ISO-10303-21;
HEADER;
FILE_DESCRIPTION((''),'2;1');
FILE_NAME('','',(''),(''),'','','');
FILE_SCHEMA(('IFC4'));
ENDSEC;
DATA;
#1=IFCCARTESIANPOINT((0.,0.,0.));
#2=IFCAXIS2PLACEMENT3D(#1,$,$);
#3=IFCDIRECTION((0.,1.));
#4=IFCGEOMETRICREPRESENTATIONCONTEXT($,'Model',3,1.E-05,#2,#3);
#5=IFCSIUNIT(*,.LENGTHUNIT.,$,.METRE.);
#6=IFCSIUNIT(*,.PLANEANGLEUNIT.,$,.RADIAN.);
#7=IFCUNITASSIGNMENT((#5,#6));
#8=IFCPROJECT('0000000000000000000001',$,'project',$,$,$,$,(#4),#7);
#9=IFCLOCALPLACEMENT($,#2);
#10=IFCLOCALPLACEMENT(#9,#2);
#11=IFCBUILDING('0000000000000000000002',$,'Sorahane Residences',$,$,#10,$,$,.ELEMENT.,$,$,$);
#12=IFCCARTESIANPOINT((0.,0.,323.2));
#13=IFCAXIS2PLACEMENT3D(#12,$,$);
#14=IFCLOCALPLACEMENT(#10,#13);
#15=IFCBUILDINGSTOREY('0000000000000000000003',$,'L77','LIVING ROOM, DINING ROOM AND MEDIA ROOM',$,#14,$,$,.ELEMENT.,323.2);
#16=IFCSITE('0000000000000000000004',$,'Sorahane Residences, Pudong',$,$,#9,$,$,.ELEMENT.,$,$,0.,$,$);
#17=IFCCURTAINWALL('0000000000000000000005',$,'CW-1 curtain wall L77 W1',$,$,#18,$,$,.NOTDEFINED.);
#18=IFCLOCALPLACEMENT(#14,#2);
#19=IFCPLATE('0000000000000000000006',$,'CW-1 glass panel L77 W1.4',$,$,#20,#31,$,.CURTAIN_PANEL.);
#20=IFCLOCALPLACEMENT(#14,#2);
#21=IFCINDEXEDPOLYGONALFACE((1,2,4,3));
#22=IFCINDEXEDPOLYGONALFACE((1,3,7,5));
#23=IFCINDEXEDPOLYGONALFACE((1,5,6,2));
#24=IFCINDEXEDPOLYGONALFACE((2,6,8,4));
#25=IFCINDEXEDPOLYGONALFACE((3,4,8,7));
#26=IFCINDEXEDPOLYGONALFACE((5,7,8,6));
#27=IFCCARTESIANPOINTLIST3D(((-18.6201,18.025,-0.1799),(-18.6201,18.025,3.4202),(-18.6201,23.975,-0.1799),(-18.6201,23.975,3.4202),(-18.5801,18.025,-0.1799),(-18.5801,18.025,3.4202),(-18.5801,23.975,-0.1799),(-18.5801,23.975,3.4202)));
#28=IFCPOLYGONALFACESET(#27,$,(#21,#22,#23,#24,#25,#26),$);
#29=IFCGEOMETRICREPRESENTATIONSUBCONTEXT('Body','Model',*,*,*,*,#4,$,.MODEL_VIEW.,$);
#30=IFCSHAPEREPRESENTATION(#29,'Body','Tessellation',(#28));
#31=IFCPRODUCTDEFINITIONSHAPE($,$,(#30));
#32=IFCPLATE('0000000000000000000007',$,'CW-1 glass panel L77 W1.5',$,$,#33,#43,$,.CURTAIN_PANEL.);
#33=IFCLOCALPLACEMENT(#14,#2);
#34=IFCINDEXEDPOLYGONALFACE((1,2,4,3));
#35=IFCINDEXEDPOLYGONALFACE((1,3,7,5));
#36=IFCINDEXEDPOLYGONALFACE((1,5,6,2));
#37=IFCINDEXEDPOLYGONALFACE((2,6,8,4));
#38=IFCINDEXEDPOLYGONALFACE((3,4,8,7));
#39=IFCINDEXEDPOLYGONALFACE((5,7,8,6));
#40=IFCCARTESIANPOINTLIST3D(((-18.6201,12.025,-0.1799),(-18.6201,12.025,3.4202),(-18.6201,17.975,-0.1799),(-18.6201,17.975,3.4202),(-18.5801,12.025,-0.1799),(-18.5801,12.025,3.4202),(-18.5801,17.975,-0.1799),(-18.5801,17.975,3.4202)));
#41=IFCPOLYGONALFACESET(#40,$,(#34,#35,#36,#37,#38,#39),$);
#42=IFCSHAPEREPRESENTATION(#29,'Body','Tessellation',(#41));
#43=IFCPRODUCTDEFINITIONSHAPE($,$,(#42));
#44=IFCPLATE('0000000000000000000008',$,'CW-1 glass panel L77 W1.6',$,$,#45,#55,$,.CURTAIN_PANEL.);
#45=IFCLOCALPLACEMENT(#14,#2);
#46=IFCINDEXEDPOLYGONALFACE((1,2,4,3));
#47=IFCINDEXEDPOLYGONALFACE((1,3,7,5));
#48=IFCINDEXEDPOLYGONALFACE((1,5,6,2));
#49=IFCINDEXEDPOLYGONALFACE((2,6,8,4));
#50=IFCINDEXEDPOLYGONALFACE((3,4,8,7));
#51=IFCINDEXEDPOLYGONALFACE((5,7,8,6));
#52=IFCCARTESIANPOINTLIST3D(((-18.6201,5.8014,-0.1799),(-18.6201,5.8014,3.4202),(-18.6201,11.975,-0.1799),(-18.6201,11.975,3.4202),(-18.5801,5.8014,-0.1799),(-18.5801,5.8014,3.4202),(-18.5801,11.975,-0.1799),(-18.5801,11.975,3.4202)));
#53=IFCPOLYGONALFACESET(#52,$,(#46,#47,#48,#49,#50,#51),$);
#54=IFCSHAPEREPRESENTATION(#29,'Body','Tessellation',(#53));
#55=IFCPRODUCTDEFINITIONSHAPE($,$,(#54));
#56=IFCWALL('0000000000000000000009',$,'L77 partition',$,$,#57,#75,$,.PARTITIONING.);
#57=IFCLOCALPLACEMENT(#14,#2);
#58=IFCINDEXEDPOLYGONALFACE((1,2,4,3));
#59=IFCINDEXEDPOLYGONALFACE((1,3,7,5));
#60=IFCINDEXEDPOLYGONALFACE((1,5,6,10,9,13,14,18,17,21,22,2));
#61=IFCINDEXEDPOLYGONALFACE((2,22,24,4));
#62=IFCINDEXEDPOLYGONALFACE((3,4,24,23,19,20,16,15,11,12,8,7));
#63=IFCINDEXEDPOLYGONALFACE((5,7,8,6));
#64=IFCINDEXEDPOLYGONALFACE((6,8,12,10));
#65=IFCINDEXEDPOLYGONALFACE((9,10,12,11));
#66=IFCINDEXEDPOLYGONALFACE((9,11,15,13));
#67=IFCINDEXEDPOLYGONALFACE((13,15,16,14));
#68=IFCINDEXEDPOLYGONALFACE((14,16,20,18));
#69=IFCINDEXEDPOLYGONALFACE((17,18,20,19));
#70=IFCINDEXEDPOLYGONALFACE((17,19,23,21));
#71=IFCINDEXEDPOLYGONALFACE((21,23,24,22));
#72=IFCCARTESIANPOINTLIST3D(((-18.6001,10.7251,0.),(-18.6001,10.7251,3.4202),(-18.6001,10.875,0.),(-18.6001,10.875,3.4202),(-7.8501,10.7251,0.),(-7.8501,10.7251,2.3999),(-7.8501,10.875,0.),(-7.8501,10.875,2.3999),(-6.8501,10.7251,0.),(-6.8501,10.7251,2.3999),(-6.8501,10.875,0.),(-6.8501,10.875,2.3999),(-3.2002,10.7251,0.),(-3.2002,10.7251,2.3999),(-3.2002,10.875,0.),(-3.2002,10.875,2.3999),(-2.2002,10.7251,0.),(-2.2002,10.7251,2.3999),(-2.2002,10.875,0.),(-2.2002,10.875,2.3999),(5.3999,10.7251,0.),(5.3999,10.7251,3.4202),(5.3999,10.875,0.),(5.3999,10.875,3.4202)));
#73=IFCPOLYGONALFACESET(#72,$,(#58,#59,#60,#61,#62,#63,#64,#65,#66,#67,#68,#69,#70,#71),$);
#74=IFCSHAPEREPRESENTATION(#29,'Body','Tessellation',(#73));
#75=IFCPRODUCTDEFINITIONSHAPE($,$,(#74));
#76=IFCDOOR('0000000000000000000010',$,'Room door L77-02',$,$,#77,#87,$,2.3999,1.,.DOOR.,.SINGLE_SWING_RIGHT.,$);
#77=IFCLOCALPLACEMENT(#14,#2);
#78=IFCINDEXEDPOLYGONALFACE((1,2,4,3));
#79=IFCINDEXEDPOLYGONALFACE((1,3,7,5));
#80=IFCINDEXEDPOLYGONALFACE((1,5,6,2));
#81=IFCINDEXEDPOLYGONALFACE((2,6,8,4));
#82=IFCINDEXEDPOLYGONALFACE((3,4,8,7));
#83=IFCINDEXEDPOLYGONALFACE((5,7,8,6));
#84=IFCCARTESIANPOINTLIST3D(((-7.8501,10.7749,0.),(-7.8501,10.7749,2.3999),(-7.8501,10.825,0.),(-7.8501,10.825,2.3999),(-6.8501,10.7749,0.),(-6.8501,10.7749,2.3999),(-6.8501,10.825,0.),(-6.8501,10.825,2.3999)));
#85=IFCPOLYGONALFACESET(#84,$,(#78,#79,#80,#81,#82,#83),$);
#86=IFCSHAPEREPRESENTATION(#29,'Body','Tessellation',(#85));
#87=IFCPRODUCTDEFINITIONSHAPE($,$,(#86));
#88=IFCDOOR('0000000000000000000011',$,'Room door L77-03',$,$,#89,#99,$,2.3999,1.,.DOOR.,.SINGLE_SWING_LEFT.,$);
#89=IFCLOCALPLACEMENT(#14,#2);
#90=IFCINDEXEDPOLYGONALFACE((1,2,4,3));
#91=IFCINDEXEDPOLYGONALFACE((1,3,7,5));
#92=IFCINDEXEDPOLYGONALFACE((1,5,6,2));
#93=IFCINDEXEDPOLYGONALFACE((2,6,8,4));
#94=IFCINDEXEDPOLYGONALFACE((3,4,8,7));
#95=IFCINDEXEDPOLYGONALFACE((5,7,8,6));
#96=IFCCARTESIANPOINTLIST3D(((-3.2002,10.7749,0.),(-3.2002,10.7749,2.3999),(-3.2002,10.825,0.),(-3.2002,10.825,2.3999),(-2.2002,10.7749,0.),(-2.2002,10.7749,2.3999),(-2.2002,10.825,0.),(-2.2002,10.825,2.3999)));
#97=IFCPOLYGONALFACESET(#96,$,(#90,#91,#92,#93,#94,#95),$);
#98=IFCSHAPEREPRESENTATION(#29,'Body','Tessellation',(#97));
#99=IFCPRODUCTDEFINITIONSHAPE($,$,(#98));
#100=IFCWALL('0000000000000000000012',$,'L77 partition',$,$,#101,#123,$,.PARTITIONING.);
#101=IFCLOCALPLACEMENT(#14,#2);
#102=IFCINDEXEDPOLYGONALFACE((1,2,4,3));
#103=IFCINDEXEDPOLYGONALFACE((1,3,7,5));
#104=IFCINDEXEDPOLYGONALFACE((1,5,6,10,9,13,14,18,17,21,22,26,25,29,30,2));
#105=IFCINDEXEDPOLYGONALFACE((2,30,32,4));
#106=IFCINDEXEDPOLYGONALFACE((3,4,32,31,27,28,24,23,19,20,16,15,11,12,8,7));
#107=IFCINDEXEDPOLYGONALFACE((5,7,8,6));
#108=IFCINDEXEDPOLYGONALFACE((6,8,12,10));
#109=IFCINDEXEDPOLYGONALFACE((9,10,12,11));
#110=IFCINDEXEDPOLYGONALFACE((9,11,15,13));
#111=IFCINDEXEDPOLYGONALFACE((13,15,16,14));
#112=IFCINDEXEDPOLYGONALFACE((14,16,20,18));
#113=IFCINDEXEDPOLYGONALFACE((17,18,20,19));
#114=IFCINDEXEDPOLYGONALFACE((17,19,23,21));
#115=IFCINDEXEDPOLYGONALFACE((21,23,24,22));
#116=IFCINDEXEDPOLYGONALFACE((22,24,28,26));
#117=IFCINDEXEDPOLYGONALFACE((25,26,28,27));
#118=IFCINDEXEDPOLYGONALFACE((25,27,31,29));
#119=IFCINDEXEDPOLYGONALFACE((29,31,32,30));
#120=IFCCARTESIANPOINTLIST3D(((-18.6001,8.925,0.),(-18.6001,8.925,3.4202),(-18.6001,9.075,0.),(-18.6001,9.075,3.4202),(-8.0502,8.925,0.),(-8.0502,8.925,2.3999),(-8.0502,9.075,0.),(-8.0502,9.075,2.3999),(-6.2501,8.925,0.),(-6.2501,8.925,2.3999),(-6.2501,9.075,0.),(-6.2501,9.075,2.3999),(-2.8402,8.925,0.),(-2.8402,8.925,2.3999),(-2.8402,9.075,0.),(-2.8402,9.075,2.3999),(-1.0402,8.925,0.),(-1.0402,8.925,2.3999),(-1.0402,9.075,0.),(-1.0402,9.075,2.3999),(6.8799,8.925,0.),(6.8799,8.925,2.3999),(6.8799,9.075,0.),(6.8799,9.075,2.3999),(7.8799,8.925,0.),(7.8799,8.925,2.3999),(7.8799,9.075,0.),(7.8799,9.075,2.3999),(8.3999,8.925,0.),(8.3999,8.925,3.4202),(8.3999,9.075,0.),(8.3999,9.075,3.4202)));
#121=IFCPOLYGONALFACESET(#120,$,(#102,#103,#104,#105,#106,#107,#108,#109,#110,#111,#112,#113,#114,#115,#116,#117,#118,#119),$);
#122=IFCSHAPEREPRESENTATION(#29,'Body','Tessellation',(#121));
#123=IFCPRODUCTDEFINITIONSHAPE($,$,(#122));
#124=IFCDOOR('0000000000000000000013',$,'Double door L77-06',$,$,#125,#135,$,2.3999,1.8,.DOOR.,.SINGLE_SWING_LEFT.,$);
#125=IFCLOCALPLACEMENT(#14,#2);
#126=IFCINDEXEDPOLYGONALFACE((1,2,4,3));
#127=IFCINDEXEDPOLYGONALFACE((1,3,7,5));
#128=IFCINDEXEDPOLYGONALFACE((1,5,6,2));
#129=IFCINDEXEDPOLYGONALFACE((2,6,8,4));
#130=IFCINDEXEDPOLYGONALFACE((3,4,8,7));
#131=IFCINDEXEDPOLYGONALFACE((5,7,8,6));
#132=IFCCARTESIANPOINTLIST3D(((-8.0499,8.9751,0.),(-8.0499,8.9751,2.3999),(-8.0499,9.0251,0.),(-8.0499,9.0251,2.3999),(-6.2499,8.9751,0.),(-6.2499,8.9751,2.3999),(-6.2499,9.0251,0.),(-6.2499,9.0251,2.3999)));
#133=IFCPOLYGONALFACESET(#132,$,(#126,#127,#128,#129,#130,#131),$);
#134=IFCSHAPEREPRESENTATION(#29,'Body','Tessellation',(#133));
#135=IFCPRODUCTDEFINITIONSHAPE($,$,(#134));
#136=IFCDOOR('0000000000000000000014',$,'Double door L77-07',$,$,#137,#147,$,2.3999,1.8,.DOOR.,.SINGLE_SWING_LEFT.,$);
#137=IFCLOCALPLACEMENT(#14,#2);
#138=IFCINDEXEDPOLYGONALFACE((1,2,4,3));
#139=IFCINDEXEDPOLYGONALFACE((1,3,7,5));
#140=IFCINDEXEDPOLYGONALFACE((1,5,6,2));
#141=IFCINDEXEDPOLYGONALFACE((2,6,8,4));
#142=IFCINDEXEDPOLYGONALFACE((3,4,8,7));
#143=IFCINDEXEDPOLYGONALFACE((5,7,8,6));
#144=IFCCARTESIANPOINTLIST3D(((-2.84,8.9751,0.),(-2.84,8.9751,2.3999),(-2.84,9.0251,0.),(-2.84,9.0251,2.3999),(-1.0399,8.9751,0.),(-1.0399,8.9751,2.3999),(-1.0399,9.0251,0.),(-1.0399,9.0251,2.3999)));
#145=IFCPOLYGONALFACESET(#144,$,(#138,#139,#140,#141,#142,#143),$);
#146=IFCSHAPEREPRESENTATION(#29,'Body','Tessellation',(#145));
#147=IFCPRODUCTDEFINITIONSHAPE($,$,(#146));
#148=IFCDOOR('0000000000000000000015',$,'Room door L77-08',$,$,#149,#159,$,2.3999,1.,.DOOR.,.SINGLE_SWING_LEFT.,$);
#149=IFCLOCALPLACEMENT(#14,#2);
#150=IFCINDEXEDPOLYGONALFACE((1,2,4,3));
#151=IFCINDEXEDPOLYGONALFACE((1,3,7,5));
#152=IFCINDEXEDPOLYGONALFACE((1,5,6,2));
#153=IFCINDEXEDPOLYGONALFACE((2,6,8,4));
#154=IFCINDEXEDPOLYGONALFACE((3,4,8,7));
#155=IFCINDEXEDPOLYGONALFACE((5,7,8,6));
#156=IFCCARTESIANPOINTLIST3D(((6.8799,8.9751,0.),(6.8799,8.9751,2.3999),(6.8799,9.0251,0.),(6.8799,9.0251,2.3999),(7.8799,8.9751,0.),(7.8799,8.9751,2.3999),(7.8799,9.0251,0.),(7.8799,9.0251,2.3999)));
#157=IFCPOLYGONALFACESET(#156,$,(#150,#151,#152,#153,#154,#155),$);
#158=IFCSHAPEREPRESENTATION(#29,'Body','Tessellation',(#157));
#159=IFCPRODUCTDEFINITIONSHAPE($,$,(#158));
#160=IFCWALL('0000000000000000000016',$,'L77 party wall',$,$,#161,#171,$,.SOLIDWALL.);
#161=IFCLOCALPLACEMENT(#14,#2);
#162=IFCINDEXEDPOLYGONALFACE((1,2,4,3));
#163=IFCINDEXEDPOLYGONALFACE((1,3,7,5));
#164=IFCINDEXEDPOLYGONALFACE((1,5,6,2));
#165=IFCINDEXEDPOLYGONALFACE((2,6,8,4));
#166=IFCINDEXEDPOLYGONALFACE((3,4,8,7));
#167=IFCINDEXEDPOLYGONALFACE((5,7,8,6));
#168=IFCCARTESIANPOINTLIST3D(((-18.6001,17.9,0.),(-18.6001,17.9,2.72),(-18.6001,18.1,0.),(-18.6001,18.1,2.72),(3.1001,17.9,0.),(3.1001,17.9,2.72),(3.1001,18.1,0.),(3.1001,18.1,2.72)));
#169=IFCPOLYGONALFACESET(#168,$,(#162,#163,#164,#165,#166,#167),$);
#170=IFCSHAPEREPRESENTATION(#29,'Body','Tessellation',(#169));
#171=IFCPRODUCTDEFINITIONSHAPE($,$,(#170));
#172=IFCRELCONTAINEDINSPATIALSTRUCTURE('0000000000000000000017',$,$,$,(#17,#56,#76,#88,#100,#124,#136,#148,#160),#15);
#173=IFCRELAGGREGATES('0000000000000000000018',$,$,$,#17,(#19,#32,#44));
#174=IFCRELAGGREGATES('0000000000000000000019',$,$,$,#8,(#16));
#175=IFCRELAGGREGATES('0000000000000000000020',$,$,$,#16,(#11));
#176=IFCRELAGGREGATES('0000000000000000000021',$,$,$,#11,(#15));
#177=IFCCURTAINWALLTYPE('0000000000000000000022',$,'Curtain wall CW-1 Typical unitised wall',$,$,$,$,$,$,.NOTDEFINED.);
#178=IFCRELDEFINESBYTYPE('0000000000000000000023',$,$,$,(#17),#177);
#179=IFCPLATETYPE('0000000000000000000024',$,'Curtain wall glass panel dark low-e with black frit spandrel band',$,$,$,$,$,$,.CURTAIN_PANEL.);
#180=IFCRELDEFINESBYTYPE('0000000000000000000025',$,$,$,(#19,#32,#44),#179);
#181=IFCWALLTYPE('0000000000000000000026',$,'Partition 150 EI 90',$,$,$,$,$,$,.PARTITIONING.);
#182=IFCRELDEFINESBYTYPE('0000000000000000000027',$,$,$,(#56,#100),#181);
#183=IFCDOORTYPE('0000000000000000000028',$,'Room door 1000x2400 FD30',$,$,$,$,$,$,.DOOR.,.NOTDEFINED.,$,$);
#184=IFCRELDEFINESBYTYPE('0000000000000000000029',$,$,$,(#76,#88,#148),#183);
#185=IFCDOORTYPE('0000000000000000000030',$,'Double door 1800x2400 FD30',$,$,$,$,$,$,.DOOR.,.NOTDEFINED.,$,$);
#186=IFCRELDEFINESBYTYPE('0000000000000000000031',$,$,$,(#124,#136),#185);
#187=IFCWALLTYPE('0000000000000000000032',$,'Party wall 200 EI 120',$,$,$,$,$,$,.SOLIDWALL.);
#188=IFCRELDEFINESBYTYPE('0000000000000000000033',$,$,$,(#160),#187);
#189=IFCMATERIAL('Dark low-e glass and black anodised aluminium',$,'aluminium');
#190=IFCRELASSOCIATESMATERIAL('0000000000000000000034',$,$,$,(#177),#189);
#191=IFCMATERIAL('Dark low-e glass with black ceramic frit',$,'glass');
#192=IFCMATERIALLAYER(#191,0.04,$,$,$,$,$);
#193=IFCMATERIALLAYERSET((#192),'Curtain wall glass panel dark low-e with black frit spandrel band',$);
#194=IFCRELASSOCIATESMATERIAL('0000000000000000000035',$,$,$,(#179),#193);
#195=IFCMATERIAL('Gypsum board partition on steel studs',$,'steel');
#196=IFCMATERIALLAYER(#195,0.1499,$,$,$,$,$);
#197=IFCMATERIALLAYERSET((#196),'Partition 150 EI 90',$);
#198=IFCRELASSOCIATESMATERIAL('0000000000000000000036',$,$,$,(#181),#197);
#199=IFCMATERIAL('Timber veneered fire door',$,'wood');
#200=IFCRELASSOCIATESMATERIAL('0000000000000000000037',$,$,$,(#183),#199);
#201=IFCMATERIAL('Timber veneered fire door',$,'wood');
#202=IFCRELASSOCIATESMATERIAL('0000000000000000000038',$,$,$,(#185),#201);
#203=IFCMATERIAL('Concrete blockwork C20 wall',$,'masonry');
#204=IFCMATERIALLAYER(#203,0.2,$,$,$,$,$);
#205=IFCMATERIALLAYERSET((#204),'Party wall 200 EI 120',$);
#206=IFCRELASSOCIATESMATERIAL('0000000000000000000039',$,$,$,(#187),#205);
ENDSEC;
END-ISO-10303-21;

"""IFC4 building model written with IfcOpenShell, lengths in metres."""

from ifc_helpers import new_model, si_unit, direction, frame, frame_2d, origin, origin_2d, place, context, subcontext, project, spatial, rectangle, extrude, material, layer, layer_set, type_object, element, fill, aggregate, save


model = new_model("IFC4")

# Units and contexts
model_context = context("Model", 3, precision=1e-05, world=origin(), true_north=direction((0.0, 1.0)))
body_context = subcontext(model_context, "Body", "Model", "MODEL_VIEW")
ifc_project = project(units=[si_unit("LENGTHUNIT", "METRE"), si_unit("PLANEANGLEUNIT", "RADIAN")], contexts=[model_context])

# Site, building, storey
site_placement = place(None, origin())
site = spatial("IfcSite", under=ifc_project, at=site_placement, Name="Sorahane Residences, Pudong", CompositionType="ELEMENT", RefElevation=0.0)
building_placement = place(site_placement, origin())
building = spatial("IfcBuilding", under=site, at=building_placement, Name="Sorahane Residences", CompositionType="ELEMENT")
storey_placement = place(building_placement, frame((0.0, 0.0, 323.2)))
storey = spatial("IfcBuildingStorey", under=building, at=storey_placement, Name="L77", Description="LIVING ROOM, DINING ROOM AND MEDIA ROOM", CompositionType="ELEMENT", Elevation=323.2)

# Curtain wall
ifc_material_1 = material(Name="Dark low-e glass and black anodised aluminium", Category="aluminium")
curtain_wall_type = type_object("IfcCurtainWallType", Name="Curtain wall CW-1 Typical unitised wall", PredefinedType="NOTDEFINED", material=ifc_material_1)
curtain_wall_placement = place(storey_placement, origin())
curtain_wall = element("IfcCurtainWall", 1, at=curtain_wall_placement, inside=storey, type_object=curtain_wall_type, Name="CW-1 curtain wall L77 W1", PredefinedType="NOTDEFINED")

# Plates
ifc_material_2 = material(Name="Dark low-e glass with black ceramic frit", Category="glass")
ifc_layer_1 = layer(ifc_material_2, 0.04)
ifc_layer_set_1 = layer_set([ifc_layer_1], Name="Curtain wall glass panel dark low-e with black frit spandrel band")
plate_type = type_object("IfcPlateType", Name="Curtain wall glass panel dark low-e with black frit spandrel band", PredefinedType="CURTAIN_PANEL", material=ifc_layer_set_1)
plate_1_placement = place(storey_placement, frame((-18.6001, 21.0, -0.1799), z_axis=(0.0, 0.0, 1.0), x_axis=(0.0, -1.0, 0.0)))
plate_1 = element("IfcPlate", 2, at=plate_1_placement, type_object=plate_type, Name="CW-1 glass panel L77 W1.4", PredefinedType="CURTAIN_PANEL", context=body_context, shape_type="SweptSolid", body=[
    extrude(rectangle(XDim=5.95, YDim=0.04, at=origin_2d()), origin(), (0.0, 0.0, 1.0), 3.6001),
])
plate_2_placement = place(storey_placement, frame((-18.6001, 15.0, -0.1799), z_axis=(0.0, 0.0, 1.0), x_axis=(0.0, -1.0, 0.0)))
plate_2 = element("IfcPlate", 3, at=plate_2_placement, type_object=plate_type, Name="CW-1 glass panel L77 W1.5", PredefinedType="CURTAIN_PANEL", context=body_context, shape_type="SweptSolid", body=[
    extrude(rectangle(XDim=5.95, YDim=0.04, at=origin_2d()), origin(), (0.0, 0.0, 1.0), 3.6001),
])
plate_3_placement = place(storey_placement, frame((-18.6001, 8.8882, -0.1799), z_axis=(0.0, 0.0, 1.0), x_axis=(0.0, -1.0, 0.0)))
plate_3 = element("IfcPlate", 4, at=plate_3_placement, type_object=plate_type, Name="CW-1 glass panel L77 W1.6", PredefinedType="CURTAIN_PANEL", context=body_context, shape_type="SweptSolid", body=[
    extrude(rectangle(XDim=6.1736, YDim=0.04, at=origin_2d()), origin(), (0.0, 0.0, 1.0), 3.6001),
])
aggregate(curtain_wall, [plate_1, plate_2, plate_3])

# Walls, openings, doors
ifc_material_3 = material(Name="Gypsum board partition on steel studs", Category="steel")
ifc_layer_2 = layer(ifc_material_3, 0.1499)
ifc_layer_set_2 = layer_set([ifc_layer_2], Name="Partition 150 EI 90")
wall_type_1 = type_object("IfcWallType", Name="Partition 150 EI 90", PredefinedType="PARTITIONING", material=ifc_layer_set_2)
wall_1_placement = place(storey_placement, frame((-18.6001, 10.8, 0.0), z_axis=(0.0, 0.0, 1.0), x_axis=(1.0, 0.0, 0.0)))
wall_1 = element("IfcWall", 5, at=wall_1_placement, inside=storey, type_object=wall_type_1, Name="L77 partition", PredefinedType="PARTITIONING", context=body_context, shape_type="SweptSolid", body=[
    extrude(rectangle(XDim=24.0, YDim=0.1499, at=frame_2d((12.0, 0.0))), origin(), (0.0, 0.0, 1.0), 3.4202),
])
opening_1_placement = place(wall_1_placement, frame((10.75, 0.0, 0.0)))
opening_1 = element("IfcOpeningElement", 6, at=opening_1_placement, cuts=wall_1, PredefinedType="OPENING", context=body_context, shape_type="SweptSolid", body=[
    extrude(rectangle(XDim=1.0, YDim=2.3999, at=frame_2d((0.5, 1.2))), frame((0.0, 0.085, 0.0), z_axis=(0.0, -1.0, 0.0), x_axis=(1.0, 0.0, 0.0)), (0.0, 0.0, 1.0), 0.1699),
])
opening_2_placement = place(wall_1_placement, frame((15.3999, 0.0, 0.0)))
opening_2 = element("IfcOpeningElement", 7, at=opening_2_placement, cuts=wall_1, PredefinedType="OPENING", context=body_context, shape_type="SweptSolid", body=[
    extrude(rectangle(XDim=1.0, YDim=2.3999, at=frame_2d((0.5, 1.2))), frame((0.0, 0.085, 0.0), z_axis=(0.0, -1.0, 0.0), x_axis=(1.0, 0.0, 0.0)), (0.0, 0.0, 1.0), 0.1699),
])
ifc_material_4 = material(Name="Timber veneered fire door", Category="wood")
door_type_1 = type_object("IfcDoorType", Name="Room door 1000x2400 FD30", OperationType="NOTDEFINED", PredefinedType="DOOR", material=ifc_material_4)
door_1_placement = place(opening_1_placement, origin())
door_1 = element("IfcDoor", 8, at=door_1_placement, inside=storey, type_object=door_type_1, Name="Room door L77-02", OperationType="SINGLE_SWING_RIGHT", OverallHeight=2.3999, OverallWidth=1.0, PredefinedType="DOOR", context=body_context, shape_type="SweptSolid", body=[
    extrude(rectangle(XDim=1.0, YDim=2.3999, at=frame_2d((0.5, 1.2))), frame((0.0, 0.0249, 0.0), z_axis=(0.0, -1.0, 0.0), x_axis=(1.0, 0.0, 0.0)), (0.0, 0.0, 1.0), 0.05),
])
fill(opening_1, door_1)
door_2_placement = place(opening_2_placement, origin())
door_2 = element("IfcDoor", 9, at=door_2_placement, inside=storey, type_object=door_type_1, Name="Room door L77-03", OperationType="SINGLE_SWING_LEFT", OverallHeight=2.3999, OverallWidth=1.0, PredefinedType="DOOR", context=body_context, shape_type="SweptSolid", body=[
    extrude(rectangle(XDim=1.0, YDim=2.3999, at=frame_2d((0.5, 1.2))), frame((0.0, 0.0249, 0.0), z_axis=(0.0, -1.0, 0.0), x_axis=(1.0, 0.0, 0.0)), (0.0, 0.0, 1.0), 0.05),
])
fill(opening_2, door_2)
ifc_material_5 = material(Name="Timber veneered fire door", Category="wood")
door_type_2 = type_object("IfcDoorType", Name="Double door 1800x2400 FD30", OperationType="NOTDEFINED", PredefinedType="DOOR", material=ifc_material_5)
wall_2_placement = place(storey_placement, frame((-18.6001, 9.0, 0.0), z_axis=(0.0, 0.0, 1.0), x_axis=(1.0, 0.0, 0.0)))
wall_2 = element("IfcWall", 10, at=wall_2_placement, inside=storey, type_object=wall_type_1, Name="L77 partition", PredefinedType="PARTITIONING", context=body_context, shape_type="SweptSolid", body=[
    extrude(rectangle(XDim=27.0, YDim=0.1499, at=frame_2d((13.5, 0.0))), origin(), (0.0, 0.0, 1.0), 3.4202),
])
opening_3_placement = place(wall_2_placement, frame((10.55, 0.0, 0.0)))
opening_3 = element("IfcOpeningElement", 11, at=opening_3_placement, cuts=wall_2, PredefinedType="OPENING", context=body_context, shape_type="SweptSolid", body=[
    extrude(rectangle(XDim=1.8, YDim=2.3999, at=frame_2d((0.8999, 1.2))), frame((0.0, 0.085, 0.0), z_axis=(0.0, -1.0, 0.0), x_axis=(1.0, 0.0, 0.0)), (0.0, 0.0, 1.0), 0.1699),
])
opening_4_placement = place(wall_2_placement, frame((15.76, 0.0, 0.0)))
opening_4 = element("IfcOpeningElement", 12, at=opening_4_placement, cuts=wall_2, PredefinedType="OPENING", context=body_context, shape_type="SweptSolid", body=[
    extrude(rectangle(XDim=1.8, YDim=2.3999, at=frame_2d((0.8999, 1.2))), frame((0.0, 0.085, 0.0), z_axis=(0.0, -1.0, 0.0), x_axis=(1.0, 0.0, 0.0)), (0.0, 0.0, 1.0), 0.1699),
])
opening_5_placement = place(wall_2_placement, frame((25.48, 0.0, 0.0)))
opening_5 = element("IfcOpeningElement", 13, at=opening_5_placement, cuts=wall_2, PredefinedType="OPENING", context=body_context, shape_type="SweptSolid", body=[
    extrude(rectangle(XDim=1.0, YDim=2.3999, at=frame_2d((0.5, 1.2))), frame((0.0, 0.085, 0.0), z_axis=(0.0, -1.0, 0.0), x_axis=(1.0, 0.0, 0.0)), (0.0, 0.0, 1.0), 0.1699),
])
door_3_placement = place(opening_3_placement, frame((1.8, 0.0, 0.0), z_axis=(0.0, 0.0, 1.0), x_axis=(-1.0, 0.0, 0.0)))
door_3 = element("IfcDoor", 14, at=door_3_placement, inside=storey, type_object=door_type_2, Name="Double door L77-06", OperationType="SINGLE_SWING_LEFT", OverallHeight=2.3999, OverallWidth=1.8, PredefinedType="DOOR", context=body_context, shape_type="SweptSolid", body=[
    extrude(rectangle(XDim=1.8, YDim=2.3999, at=frame_2d((0.8999, 1.2))), frame((0.0, 0.0249, 0.0), z_axis=(0.0, -1.0, 0.0), x_axis=(1.0, 0.0, 0.0)), (0.0, 0.0, 1.0), 0.05),
])
fill(opening_3, door_3)
door_4_placement = place(opening_4_placement, frame((1.8, 0.0, 0.0), z_axis=(0.0, 0.0, 1.0), x_axis=(-1.0, 0.0, 0.0)))
door_4 = element("IfcDoor", 15, at=door_4_placement, inside=storey, type_object=door_type_2, Name="Double door L77-07", OperationType="SINGLE_SWING_LEFT", OverallHeight=2.3999, OverallWidth=1.8, PredefinedType="DOOR", context=body_context, shape_type="SweptSolid", body=[
    extrude(rectangle(XDim=1.8, YDim=2.3999, at=frame_2d((0.8999, 1.2))), frame((0.0, 0.0249, 0.0), z_axis=(0.0, -1.0, 0.0), x_axis=(1.0, 0.0, 0.0)), (0.0, 0.0, 1.0), 0.05),
])
fill(opening_4, door_4)
door_5_placement = place(opening_5_placement, frame((1.0, 0.0, 0.0), z_axis=(0.0, 0.0, 1.0), x_axis=(-1.0, 0.0, 0.0)))
door_5 = element("IfcDoor", 16, at=door_5_placement, inside=storey, type_object=door_type_1, Name="Room door L77-08", OperationType="SINGLE_SWING_LEFT", OverallHeight=2.3999, OverallWidth=1.0, PredefinedType="DOOR", context=body_context, shape_type="SweptSolid", body=[
    extrude(rectangle(XDim=1.0, YDim=2.3999, at=frame_2d((0.5, 1.2))), frame((0.0, 0.0249, 0.0), z_axis=(0.0, -1.0, 0.0), x_axis=(1.0, 0.0, 0.0)), (0.0, 0.0, 1.0), 0.05),
])
fill(opening_5, door_5)

# Wall
ifc_material_6 = material(Name="Concrete blockwork C20 wall", Category="masonry")
ifc_layer_3 = layer(ifc_material_6, 0.2)
ifc_layer_set_3 = layer_set([ifc_layer_3], Name="Party wall 200 EI 120")
wall_type_2 = type_object("IfcWallType", Name="Party wall 200 EI 120", PredefinedType="SOLIDWALL", material=ifc_layer_set_3)
wall_3_placement = place(storey_placement, frame((-18.6001, 18.0, 0.0), z_axis=(0.0, 0.0, 1.0), x_axis=(1.0, 0.0, 0.0)))
element("IfcWall", 17, at=wall_3_placement, inside=storey, type_object=wall_type_2, Name="L77 party wall", PredefinedType="SOLIDWALL", context=body_context, shape_type="SweptSolid", body=[
    extrude(rectangle(XDim=21.7002, YDim=0.2, at=frame_2d((10.8501, 0.0))), origin(), (0.0, 0.0, 1.0), 2.72),
])

save(model, "model.ifc")
